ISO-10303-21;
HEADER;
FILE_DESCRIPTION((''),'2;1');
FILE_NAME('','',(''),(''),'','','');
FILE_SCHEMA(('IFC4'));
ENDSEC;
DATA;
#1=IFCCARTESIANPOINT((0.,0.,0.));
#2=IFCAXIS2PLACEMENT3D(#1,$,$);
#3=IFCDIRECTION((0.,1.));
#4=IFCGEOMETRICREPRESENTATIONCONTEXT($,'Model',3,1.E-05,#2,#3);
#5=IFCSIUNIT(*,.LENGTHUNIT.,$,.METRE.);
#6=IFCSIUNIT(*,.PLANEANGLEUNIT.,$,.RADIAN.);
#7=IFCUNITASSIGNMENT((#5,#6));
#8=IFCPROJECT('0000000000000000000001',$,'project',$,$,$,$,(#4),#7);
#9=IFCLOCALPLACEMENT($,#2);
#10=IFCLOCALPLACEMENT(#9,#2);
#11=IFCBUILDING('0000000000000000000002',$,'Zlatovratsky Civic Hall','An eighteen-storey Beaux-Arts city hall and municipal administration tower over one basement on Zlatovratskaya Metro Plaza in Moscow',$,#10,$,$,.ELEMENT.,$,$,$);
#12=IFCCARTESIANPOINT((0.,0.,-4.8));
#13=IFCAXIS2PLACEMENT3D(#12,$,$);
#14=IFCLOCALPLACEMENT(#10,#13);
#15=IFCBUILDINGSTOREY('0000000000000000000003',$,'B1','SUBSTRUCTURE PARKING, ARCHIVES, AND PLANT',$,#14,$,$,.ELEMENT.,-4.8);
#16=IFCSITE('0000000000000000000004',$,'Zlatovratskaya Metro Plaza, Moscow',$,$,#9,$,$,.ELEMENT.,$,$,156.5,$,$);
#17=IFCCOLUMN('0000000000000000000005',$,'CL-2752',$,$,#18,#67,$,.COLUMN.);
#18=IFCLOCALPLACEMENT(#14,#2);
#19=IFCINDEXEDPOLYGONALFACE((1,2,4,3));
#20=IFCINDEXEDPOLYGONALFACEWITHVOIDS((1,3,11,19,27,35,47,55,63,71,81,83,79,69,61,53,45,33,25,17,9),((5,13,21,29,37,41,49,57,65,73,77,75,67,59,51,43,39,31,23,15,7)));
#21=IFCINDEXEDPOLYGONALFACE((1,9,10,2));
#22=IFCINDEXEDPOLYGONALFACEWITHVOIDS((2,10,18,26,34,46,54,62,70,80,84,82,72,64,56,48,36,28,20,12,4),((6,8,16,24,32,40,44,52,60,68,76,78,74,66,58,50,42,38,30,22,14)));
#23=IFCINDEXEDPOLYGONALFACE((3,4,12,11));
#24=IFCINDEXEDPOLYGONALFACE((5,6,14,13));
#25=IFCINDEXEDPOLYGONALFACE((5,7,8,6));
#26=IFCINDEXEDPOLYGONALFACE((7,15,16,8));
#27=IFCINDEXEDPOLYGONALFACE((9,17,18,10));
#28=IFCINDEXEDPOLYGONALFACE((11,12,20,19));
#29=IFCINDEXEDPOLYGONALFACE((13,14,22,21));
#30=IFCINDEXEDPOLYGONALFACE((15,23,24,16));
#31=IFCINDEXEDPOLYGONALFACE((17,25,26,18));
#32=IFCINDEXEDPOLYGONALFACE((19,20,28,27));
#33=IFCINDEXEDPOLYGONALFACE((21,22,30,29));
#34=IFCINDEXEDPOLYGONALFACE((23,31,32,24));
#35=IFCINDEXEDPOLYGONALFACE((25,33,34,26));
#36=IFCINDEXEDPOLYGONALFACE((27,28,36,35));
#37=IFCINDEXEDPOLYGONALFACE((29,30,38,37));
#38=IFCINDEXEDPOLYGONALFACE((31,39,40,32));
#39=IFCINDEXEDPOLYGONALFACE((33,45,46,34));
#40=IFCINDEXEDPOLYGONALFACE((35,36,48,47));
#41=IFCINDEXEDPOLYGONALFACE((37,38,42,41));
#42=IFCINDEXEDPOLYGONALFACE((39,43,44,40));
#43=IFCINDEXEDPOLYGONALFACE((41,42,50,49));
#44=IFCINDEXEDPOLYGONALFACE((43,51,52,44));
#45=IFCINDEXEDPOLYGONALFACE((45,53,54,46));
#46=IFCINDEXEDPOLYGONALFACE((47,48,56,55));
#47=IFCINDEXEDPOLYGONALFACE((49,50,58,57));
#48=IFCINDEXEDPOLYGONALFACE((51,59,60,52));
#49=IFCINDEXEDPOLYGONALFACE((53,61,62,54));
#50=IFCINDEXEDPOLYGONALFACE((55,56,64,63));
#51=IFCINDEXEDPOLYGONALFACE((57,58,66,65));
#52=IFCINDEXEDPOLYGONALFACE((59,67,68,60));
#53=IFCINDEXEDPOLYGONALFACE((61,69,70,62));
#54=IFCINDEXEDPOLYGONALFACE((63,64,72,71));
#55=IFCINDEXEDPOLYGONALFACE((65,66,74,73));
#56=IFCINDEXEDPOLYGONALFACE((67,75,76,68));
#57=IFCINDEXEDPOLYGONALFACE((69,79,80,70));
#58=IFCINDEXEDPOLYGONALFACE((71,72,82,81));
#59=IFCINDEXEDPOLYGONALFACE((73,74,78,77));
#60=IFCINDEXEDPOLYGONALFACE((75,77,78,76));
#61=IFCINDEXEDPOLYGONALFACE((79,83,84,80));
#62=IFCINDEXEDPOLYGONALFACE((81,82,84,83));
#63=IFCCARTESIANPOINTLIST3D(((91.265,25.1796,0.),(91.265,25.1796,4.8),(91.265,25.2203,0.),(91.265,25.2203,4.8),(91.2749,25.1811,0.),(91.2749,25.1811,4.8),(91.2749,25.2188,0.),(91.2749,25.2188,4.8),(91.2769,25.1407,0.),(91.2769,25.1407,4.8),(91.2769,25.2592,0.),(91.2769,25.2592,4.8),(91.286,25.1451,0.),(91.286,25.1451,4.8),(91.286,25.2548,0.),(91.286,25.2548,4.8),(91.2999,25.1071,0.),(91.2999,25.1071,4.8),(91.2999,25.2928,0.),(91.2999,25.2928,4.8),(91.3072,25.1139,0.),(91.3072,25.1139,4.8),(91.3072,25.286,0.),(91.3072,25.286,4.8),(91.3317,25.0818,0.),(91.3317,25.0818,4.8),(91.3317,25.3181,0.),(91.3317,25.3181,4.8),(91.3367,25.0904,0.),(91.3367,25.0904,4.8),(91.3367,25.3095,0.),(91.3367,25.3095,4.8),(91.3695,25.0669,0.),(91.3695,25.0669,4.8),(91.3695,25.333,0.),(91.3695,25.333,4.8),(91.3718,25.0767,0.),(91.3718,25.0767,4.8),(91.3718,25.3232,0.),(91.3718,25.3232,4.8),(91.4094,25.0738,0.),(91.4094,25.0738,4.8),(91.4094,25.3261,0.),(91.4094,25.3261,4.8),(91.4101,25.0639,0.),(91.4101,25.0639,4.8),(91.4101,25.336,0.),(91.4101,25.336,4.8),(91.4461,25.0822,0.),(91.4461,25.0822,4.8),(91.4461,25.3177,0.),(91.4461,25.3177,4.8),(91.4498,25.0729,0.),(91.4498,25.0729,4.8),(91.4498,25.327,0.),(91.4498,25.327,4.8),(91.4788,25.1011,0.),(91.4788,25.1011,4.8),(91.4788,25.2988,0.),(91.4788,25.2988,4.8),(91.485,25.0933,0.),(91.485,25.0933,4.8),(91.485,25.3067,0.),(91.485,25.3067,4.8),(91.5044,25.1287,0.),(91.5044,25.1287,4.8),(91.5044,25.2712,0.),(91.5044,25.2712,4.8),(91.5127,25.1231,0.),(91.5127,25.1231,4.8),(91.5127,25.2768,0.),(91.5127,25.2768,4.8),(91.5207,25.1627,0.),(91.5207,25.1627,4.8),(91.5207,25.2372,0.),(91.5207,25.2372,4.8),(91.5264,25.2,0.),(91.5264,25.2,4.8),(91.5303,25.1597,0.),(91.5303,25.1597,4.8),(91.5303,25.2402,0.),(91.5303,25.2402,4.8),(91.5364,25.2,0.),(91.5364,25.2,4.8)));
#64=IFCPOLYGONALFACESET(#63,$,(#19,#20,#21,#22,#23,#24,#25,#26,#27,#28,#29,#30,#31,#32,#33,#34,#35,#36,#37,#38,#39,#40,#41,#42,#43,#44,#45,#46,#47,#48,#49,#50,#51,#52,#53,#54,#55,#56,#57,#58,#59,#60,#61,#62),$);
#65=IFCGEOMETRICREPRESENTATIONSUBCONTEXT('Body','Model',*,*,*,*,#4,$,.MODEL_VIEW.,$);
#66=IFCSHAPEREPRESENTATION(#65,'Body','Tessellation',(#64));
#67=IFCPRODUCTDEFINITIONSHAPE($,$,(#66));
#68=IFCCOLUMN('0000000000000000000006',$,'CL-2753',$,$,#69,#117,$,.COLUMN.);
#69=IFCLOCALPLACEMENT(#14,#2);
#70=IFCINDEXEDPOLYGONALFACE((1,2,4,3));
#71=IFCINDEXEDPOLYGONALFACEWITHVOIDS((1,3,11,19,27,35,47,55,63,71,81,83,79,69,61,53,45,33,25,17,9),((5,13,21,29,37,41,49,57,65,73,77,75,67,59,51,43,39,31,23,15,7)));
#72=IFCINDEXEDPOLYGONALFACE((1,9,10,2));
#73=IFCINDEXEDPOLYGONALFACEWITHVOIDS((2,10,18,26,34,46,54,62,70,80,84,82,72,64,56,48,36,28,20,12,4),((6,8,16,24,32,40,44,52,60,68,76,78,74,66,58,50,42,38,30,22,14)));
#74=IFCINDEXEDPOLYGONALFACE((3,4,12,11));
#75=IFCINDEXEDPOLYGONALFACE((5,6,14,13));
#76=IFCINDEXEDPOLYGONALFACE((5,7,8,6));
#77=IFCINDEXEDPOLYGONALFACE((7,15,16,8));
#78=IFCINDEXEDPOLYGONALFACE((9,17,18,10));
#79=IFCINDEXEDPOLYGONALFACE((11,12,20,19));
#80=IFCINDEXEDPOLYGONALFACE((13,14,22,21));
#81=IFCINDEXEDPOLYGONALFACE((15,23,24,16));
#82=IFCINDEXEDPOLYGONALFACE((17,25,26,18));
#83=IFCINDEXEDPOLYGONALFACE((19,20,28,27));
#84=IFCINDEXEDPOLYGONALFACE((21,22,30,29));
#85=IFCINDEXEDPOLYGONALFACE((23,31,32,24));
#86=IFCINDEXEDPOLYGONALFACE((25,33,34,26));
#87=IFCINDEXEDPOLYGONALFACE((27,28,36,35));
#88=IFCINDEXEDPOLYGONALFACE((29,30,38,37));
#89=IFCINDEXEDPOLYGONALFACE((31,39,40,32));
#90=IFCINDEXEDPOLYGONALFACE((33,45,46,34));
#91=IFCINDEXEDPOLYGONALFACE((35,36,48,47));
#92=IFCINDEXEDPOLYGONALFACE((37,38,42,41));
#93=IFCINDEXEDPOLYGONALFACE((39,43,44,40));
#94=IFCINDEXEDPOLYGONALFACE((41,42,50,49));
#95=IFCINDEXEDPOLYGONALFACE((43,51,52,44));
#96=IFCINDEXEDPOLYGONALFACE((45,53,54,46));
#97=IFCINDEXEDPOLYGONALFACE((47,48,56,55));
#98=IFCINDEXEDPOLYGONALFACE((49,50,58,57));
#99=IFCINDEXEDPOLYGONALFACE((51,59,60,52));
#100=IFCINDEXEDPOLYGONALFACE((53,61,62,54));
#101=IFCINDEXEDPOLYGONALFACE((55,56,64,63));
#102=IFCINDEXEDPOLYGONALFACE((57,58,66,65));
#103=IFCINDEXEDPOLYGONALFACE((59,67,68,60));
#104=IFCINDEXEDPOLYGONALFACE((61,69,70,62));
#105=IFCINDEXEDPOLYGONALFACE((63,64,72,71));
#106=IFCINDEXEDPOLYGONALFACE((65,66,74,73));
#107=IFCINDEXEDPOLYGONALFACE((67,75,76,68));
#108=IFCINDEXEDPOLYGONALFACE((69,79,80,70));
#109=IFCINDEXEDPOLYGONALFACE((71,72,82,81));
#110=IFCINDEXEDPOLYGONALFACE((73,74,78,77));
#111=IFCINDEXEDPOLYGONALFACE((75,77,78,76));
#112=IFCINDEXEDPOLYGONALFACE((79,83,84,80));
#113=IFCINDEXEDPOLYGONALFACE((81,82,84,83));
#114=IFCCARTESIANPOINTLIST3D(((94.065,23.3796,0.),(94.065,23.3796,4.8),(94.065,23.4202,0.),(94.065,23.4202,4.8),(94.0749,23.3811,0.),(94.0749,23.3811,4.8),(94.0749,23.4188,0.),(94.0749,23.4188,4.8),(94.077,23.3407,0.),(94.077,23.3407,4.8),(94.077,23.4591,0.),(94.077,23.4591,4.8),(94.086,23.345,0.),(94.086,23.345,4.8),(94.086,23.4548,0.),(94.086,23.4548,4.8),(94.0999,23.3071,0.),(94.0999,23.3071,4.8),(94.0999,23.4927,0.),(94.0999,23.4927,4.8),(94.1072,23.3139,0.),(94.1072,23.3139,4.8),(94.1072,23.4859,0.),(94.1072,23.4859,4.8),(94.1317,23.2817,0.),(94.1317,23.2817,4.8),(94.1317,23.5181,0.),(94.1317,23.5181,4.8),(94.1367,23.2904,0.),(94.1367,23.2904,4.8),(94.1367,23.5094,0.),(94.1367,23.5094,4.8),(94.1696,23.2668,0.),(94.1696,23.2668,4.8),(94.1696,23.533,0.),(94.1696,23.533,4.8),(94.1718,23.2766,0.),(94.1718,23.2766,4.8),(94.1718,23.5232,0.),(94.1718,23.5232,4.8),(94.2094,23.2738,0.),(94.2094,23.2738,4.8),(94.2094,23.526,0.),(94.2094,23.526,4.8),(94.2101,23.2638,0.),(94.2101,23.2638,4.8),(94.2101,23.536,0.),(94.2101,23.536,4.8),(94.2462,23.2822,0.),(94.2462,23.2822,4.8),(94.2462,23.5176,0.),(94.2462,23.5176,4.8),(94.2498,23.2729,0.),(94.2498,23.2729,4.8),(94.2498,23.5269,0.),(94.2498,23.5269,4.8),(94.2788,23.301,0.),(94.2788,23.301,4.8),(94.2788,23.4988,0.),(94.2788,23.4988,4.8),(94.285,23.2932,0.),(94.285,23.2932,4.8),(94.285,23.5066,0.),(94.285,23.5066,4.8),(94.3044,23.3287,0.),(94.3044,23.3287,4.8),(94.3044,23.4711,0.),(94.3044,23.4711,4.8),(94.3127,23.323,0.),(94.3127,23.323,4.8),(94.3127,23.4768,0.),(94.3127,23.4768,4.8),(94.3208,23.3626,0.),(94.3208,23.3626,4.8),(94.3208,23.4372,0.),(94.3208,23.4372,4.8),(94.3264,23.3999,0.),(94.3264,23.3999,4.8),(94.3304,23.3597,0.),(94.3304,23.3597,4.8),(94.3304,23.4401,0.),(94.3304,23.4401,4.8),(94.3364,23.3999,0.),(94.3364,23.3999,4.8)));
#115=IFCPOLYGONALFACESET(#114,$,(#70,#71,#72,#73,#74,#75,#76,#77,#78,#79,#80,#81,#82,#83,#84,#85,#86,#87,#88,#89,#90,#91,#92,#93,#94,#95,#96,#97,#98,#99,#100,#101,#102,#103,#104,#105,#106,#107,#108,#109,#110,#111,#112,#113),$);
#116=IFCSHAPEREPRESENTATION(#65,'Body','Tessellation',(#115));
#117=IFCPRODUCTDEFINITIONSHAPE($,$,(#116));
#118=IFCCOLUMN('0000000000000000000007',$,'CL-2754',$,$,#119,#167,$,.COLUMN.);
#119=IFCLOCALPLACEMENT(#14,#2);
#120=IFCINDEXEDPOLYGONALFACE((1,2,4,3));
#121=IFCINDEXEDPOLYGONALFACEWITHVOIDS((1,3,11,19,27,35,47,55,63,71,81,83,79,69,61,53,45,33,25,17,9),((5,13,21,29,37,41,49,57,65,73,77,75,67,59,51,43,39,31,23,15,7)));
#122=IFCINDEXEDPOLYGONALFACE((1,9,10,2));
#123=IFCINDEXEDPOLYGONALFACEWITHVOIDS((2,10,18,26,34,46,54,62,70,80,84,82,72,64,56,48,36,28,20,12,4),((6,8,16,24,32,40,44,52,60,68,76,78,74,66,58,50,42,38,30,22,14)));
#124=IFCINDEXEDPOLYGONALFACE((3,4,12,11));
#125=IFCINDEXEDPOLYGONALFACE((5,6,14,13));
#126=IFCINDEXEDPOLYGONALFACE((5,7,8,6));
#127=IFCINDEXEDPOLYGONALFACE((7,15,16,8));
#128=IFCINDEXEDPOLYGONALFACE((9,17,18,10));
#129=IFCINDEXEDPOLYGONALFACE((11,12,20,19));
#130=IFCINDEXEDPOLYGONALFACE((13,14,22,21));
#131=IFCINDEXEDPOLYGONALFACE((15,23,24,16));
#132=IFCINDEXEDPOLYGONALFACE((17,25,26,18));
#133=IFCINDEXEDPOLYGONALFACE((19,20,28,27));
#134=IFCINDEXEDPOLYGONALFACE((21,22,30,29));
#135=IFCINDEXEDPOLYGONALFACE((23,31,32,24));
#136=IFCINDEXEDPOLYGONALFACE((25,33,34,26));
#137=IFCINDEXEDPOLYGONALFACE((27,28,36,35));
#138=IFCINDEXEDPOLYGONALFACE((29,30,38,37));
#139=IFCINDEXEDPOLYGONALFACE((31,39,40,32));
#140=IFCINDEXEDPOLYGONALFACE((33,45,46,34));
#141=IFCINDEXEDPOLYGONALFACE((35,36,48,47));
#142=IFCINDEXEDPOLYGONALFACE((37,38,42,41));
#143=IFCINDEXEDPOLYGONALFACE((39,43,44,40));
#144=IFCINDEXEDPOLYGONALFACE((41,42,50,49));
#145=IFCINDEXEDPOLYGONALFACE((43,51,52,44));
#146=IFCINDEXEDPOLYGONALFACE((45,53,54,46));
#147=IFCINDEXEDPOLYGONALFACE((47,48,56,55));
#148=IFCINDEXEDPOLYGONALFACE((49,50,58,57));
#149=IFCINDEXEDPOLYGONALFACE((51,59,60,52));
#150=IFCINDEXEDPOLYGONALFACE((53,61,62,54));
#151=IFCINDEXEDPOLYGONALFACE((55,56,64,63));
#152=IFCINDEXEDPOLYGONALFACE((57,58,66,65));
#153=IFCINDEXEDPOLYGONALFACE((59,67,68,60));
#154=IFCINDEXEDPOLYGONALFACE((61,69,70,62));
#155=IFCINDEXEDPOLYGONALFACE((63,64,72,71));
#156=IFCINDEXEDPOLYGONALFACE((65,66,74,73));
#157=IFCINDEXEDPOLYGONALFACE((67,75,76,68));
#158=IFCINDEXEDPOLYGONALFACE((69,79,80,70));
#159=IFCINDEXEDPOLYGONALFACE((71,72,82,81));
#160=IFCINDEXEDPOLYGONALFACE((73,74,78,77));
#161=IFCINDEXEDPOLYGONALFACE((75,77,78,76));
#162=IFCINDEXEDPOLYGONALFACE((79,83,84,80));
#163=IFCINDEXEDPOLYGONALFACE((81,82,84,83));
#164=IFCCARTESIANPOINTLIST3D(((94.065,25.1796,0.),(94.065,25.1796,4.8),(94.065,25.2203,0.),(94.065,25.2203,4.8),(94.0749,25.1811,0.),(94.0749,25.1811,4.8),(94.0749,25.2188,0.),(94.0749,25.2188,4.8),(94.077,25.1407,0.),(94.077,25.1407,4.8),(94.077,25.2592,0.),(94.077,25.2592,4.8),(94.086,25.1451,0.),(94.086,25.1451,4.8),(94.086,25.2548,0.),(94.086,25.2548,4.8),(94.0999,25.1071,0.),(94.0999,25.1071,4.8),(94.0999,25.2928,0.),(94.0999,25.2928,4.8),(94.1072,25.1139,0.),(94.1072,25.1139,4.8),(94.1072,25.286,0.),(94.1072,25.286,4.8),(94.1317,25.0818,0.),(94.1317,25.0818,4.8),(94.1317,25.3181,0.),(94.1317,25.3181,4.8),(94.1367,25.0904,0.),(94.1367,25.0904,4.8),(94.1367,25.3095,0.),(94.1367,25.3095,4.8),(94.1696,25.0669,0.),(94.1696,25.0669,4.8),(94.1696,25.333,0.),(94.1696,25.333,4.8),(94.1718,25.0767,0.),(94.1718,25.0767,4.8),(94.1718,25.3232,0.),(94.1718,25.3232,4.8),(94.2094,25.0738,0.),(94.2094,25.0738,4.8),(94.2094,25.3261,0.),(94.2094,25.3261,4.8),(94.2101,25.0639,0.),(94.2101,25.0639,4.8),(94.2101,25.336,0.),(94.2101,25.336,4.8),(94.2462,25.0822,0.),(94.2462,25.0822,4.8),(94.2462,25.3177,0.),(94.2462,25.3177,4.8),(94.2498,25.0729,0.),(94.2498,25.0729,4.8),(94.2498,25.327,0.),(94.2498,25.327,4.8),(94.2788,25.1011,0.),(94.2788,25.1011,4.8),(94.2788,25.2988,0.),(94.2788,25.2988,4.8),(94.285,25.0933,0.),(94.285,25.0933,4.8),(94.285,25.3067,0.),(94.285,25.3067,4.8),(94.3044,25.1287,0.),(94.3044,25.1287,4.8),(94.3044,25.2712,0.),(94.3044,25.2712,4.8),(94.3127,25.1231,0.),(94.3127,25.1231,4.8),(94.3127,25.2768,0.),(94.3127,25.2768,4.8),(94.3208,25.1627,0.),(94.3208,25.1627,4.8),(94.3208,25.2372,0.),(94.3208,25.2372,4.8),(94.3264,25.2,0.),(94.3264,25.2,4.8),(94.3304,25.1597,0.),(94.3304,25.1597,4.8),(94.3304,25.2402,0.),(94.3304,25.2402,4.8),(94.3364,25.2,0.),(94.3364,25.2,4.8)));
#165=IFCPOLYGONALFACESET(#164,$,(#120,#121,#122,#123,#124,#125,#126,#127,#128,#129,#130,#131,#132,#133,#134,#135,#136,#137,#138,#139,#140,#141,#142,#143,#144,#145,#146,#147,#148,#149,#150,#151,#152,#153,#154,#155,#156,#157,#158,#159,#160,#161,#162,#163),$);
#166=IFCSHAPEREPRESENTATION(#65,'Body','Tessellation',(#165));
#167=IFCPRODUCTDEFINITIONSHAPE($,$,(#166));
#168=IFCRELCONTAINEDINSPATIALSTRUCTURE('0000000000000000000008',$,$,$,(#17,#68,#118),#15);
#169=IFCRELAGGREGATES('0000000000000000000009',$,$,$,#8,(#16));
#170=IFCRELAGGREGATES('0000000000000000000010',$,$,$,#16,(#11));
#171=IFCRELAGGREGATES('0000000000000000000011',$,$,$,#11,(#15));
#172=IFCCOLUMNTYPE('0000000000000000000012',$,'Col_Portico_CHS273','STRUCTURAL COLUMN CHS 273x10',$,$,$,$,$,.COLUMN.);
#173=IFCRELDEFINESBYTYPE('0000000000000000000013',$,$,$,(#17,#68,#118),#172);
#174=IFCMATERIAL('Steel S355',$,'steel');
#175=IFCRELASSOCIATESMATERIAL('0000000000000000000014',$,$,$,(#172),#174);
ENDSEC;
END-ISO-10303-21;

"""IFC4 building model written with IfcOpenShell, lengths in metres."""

from ifc_helpers import new_model, si_unit, direction, frame, origin, origin_2d, place, context, subcontext, project, spatial, hollow_circle, extrude, material, material_profile, profile_set, type_object, element, save


model = new_model("IFC4")

# Units and contexts
model_context = context("Model", 3, precision=1e-05, world=origin(), true_north=direction((0.0, 1.0)))
body_context = subcontext(model_context, "Body", "Model", "MODEL_VIEW")
ifc_project = project(units=[si_unit("LENGTHUNIT", "METRE"), si_unit("PLANEANGLEUNIT", "RADIAN")], contexts=[model_context])

# Site, building, storey
site_placement = place(None, origin())
site = spatial("IfcSite", under=ifc_project, at=site_placement, Name="Zlatovratskaya Metro Plaza, Moscow", CompositionType="ELEMENT", RefElevation=156.5)
building_placement = place(site_placement, origin())
building = spatial("IfcBuilding", under=site, at=building_placement, Name="Zlatovratsky Civic Hall", Description="An eighteen-storey Beaux-Arts city hall and municipal administration tower over one basement on Zlatovratskaya Metro Plaza in Moscow", CompositionType="ELEMENT")
storey_placement = place(building_placement, frame((0.0, 0.0, -4.8)))
storey = spatial("IfcBuildingStorey", under=building, at=storey_placement, Name="B1", Description="SUBSTRUCTURE PARKING, ARCHIVES, AND PLANT", CompositionType="ELEMENT", Elevation=-4.8)

# Columns
ifc_material_1 = material(Name="Steel S355", Category="steel")
ifc_material_profile_1 = material_profile(ifc_material_1, hollow_circle(Radius=0.1365, WallThickness=0.01, at=origin_2d()), Name="CHS 273x10")
ifc_profile_set_1 = profile_set([ifc_material_profile_1], Name="Steel S355")
column_type_1 = type_object("IfcColumnType", Name="Col_Portico_CHS273", Description="STRUCTURAL COLUMN CHS 273x10", PredefinedType="COLUMN", material=ifc_profile_set_1)
for number, where, z_axis, x_axis, name in (
    (1, (91.3999, 25.2, 0.0), (0.0, 0.0, 1.0), (1.0, 0.0, 0.0), "CL-2752"),
    (2, (94.2, 23.3999, 0.0), (0.0, 0.0, 1.0), (1.0, 0.0, 0.0), "CL-2753"),
    (3, (94.2, 25.2, 0.0), (0.0, 0.0, 1.0), (1.0, 0.0, 0.0), "CL-2754"),
):
    element("IfcColumn", number, at=place(storey_placement, frame(where, z_axis=z_axis, x_axis=x_axis)), inside=storey, type_object=column_type_1, Name=name, PredefinedType="COLUMN", context=body_context, shape_type="SweptSolid", body=[
        extrude(hollow_circle(Radius=0.1365, WallThickness=0.01, at=origin_2d()), origin(), (0.0, 0.0, 1.0), 4.8),
    ])

save(model, "model.ifc")
